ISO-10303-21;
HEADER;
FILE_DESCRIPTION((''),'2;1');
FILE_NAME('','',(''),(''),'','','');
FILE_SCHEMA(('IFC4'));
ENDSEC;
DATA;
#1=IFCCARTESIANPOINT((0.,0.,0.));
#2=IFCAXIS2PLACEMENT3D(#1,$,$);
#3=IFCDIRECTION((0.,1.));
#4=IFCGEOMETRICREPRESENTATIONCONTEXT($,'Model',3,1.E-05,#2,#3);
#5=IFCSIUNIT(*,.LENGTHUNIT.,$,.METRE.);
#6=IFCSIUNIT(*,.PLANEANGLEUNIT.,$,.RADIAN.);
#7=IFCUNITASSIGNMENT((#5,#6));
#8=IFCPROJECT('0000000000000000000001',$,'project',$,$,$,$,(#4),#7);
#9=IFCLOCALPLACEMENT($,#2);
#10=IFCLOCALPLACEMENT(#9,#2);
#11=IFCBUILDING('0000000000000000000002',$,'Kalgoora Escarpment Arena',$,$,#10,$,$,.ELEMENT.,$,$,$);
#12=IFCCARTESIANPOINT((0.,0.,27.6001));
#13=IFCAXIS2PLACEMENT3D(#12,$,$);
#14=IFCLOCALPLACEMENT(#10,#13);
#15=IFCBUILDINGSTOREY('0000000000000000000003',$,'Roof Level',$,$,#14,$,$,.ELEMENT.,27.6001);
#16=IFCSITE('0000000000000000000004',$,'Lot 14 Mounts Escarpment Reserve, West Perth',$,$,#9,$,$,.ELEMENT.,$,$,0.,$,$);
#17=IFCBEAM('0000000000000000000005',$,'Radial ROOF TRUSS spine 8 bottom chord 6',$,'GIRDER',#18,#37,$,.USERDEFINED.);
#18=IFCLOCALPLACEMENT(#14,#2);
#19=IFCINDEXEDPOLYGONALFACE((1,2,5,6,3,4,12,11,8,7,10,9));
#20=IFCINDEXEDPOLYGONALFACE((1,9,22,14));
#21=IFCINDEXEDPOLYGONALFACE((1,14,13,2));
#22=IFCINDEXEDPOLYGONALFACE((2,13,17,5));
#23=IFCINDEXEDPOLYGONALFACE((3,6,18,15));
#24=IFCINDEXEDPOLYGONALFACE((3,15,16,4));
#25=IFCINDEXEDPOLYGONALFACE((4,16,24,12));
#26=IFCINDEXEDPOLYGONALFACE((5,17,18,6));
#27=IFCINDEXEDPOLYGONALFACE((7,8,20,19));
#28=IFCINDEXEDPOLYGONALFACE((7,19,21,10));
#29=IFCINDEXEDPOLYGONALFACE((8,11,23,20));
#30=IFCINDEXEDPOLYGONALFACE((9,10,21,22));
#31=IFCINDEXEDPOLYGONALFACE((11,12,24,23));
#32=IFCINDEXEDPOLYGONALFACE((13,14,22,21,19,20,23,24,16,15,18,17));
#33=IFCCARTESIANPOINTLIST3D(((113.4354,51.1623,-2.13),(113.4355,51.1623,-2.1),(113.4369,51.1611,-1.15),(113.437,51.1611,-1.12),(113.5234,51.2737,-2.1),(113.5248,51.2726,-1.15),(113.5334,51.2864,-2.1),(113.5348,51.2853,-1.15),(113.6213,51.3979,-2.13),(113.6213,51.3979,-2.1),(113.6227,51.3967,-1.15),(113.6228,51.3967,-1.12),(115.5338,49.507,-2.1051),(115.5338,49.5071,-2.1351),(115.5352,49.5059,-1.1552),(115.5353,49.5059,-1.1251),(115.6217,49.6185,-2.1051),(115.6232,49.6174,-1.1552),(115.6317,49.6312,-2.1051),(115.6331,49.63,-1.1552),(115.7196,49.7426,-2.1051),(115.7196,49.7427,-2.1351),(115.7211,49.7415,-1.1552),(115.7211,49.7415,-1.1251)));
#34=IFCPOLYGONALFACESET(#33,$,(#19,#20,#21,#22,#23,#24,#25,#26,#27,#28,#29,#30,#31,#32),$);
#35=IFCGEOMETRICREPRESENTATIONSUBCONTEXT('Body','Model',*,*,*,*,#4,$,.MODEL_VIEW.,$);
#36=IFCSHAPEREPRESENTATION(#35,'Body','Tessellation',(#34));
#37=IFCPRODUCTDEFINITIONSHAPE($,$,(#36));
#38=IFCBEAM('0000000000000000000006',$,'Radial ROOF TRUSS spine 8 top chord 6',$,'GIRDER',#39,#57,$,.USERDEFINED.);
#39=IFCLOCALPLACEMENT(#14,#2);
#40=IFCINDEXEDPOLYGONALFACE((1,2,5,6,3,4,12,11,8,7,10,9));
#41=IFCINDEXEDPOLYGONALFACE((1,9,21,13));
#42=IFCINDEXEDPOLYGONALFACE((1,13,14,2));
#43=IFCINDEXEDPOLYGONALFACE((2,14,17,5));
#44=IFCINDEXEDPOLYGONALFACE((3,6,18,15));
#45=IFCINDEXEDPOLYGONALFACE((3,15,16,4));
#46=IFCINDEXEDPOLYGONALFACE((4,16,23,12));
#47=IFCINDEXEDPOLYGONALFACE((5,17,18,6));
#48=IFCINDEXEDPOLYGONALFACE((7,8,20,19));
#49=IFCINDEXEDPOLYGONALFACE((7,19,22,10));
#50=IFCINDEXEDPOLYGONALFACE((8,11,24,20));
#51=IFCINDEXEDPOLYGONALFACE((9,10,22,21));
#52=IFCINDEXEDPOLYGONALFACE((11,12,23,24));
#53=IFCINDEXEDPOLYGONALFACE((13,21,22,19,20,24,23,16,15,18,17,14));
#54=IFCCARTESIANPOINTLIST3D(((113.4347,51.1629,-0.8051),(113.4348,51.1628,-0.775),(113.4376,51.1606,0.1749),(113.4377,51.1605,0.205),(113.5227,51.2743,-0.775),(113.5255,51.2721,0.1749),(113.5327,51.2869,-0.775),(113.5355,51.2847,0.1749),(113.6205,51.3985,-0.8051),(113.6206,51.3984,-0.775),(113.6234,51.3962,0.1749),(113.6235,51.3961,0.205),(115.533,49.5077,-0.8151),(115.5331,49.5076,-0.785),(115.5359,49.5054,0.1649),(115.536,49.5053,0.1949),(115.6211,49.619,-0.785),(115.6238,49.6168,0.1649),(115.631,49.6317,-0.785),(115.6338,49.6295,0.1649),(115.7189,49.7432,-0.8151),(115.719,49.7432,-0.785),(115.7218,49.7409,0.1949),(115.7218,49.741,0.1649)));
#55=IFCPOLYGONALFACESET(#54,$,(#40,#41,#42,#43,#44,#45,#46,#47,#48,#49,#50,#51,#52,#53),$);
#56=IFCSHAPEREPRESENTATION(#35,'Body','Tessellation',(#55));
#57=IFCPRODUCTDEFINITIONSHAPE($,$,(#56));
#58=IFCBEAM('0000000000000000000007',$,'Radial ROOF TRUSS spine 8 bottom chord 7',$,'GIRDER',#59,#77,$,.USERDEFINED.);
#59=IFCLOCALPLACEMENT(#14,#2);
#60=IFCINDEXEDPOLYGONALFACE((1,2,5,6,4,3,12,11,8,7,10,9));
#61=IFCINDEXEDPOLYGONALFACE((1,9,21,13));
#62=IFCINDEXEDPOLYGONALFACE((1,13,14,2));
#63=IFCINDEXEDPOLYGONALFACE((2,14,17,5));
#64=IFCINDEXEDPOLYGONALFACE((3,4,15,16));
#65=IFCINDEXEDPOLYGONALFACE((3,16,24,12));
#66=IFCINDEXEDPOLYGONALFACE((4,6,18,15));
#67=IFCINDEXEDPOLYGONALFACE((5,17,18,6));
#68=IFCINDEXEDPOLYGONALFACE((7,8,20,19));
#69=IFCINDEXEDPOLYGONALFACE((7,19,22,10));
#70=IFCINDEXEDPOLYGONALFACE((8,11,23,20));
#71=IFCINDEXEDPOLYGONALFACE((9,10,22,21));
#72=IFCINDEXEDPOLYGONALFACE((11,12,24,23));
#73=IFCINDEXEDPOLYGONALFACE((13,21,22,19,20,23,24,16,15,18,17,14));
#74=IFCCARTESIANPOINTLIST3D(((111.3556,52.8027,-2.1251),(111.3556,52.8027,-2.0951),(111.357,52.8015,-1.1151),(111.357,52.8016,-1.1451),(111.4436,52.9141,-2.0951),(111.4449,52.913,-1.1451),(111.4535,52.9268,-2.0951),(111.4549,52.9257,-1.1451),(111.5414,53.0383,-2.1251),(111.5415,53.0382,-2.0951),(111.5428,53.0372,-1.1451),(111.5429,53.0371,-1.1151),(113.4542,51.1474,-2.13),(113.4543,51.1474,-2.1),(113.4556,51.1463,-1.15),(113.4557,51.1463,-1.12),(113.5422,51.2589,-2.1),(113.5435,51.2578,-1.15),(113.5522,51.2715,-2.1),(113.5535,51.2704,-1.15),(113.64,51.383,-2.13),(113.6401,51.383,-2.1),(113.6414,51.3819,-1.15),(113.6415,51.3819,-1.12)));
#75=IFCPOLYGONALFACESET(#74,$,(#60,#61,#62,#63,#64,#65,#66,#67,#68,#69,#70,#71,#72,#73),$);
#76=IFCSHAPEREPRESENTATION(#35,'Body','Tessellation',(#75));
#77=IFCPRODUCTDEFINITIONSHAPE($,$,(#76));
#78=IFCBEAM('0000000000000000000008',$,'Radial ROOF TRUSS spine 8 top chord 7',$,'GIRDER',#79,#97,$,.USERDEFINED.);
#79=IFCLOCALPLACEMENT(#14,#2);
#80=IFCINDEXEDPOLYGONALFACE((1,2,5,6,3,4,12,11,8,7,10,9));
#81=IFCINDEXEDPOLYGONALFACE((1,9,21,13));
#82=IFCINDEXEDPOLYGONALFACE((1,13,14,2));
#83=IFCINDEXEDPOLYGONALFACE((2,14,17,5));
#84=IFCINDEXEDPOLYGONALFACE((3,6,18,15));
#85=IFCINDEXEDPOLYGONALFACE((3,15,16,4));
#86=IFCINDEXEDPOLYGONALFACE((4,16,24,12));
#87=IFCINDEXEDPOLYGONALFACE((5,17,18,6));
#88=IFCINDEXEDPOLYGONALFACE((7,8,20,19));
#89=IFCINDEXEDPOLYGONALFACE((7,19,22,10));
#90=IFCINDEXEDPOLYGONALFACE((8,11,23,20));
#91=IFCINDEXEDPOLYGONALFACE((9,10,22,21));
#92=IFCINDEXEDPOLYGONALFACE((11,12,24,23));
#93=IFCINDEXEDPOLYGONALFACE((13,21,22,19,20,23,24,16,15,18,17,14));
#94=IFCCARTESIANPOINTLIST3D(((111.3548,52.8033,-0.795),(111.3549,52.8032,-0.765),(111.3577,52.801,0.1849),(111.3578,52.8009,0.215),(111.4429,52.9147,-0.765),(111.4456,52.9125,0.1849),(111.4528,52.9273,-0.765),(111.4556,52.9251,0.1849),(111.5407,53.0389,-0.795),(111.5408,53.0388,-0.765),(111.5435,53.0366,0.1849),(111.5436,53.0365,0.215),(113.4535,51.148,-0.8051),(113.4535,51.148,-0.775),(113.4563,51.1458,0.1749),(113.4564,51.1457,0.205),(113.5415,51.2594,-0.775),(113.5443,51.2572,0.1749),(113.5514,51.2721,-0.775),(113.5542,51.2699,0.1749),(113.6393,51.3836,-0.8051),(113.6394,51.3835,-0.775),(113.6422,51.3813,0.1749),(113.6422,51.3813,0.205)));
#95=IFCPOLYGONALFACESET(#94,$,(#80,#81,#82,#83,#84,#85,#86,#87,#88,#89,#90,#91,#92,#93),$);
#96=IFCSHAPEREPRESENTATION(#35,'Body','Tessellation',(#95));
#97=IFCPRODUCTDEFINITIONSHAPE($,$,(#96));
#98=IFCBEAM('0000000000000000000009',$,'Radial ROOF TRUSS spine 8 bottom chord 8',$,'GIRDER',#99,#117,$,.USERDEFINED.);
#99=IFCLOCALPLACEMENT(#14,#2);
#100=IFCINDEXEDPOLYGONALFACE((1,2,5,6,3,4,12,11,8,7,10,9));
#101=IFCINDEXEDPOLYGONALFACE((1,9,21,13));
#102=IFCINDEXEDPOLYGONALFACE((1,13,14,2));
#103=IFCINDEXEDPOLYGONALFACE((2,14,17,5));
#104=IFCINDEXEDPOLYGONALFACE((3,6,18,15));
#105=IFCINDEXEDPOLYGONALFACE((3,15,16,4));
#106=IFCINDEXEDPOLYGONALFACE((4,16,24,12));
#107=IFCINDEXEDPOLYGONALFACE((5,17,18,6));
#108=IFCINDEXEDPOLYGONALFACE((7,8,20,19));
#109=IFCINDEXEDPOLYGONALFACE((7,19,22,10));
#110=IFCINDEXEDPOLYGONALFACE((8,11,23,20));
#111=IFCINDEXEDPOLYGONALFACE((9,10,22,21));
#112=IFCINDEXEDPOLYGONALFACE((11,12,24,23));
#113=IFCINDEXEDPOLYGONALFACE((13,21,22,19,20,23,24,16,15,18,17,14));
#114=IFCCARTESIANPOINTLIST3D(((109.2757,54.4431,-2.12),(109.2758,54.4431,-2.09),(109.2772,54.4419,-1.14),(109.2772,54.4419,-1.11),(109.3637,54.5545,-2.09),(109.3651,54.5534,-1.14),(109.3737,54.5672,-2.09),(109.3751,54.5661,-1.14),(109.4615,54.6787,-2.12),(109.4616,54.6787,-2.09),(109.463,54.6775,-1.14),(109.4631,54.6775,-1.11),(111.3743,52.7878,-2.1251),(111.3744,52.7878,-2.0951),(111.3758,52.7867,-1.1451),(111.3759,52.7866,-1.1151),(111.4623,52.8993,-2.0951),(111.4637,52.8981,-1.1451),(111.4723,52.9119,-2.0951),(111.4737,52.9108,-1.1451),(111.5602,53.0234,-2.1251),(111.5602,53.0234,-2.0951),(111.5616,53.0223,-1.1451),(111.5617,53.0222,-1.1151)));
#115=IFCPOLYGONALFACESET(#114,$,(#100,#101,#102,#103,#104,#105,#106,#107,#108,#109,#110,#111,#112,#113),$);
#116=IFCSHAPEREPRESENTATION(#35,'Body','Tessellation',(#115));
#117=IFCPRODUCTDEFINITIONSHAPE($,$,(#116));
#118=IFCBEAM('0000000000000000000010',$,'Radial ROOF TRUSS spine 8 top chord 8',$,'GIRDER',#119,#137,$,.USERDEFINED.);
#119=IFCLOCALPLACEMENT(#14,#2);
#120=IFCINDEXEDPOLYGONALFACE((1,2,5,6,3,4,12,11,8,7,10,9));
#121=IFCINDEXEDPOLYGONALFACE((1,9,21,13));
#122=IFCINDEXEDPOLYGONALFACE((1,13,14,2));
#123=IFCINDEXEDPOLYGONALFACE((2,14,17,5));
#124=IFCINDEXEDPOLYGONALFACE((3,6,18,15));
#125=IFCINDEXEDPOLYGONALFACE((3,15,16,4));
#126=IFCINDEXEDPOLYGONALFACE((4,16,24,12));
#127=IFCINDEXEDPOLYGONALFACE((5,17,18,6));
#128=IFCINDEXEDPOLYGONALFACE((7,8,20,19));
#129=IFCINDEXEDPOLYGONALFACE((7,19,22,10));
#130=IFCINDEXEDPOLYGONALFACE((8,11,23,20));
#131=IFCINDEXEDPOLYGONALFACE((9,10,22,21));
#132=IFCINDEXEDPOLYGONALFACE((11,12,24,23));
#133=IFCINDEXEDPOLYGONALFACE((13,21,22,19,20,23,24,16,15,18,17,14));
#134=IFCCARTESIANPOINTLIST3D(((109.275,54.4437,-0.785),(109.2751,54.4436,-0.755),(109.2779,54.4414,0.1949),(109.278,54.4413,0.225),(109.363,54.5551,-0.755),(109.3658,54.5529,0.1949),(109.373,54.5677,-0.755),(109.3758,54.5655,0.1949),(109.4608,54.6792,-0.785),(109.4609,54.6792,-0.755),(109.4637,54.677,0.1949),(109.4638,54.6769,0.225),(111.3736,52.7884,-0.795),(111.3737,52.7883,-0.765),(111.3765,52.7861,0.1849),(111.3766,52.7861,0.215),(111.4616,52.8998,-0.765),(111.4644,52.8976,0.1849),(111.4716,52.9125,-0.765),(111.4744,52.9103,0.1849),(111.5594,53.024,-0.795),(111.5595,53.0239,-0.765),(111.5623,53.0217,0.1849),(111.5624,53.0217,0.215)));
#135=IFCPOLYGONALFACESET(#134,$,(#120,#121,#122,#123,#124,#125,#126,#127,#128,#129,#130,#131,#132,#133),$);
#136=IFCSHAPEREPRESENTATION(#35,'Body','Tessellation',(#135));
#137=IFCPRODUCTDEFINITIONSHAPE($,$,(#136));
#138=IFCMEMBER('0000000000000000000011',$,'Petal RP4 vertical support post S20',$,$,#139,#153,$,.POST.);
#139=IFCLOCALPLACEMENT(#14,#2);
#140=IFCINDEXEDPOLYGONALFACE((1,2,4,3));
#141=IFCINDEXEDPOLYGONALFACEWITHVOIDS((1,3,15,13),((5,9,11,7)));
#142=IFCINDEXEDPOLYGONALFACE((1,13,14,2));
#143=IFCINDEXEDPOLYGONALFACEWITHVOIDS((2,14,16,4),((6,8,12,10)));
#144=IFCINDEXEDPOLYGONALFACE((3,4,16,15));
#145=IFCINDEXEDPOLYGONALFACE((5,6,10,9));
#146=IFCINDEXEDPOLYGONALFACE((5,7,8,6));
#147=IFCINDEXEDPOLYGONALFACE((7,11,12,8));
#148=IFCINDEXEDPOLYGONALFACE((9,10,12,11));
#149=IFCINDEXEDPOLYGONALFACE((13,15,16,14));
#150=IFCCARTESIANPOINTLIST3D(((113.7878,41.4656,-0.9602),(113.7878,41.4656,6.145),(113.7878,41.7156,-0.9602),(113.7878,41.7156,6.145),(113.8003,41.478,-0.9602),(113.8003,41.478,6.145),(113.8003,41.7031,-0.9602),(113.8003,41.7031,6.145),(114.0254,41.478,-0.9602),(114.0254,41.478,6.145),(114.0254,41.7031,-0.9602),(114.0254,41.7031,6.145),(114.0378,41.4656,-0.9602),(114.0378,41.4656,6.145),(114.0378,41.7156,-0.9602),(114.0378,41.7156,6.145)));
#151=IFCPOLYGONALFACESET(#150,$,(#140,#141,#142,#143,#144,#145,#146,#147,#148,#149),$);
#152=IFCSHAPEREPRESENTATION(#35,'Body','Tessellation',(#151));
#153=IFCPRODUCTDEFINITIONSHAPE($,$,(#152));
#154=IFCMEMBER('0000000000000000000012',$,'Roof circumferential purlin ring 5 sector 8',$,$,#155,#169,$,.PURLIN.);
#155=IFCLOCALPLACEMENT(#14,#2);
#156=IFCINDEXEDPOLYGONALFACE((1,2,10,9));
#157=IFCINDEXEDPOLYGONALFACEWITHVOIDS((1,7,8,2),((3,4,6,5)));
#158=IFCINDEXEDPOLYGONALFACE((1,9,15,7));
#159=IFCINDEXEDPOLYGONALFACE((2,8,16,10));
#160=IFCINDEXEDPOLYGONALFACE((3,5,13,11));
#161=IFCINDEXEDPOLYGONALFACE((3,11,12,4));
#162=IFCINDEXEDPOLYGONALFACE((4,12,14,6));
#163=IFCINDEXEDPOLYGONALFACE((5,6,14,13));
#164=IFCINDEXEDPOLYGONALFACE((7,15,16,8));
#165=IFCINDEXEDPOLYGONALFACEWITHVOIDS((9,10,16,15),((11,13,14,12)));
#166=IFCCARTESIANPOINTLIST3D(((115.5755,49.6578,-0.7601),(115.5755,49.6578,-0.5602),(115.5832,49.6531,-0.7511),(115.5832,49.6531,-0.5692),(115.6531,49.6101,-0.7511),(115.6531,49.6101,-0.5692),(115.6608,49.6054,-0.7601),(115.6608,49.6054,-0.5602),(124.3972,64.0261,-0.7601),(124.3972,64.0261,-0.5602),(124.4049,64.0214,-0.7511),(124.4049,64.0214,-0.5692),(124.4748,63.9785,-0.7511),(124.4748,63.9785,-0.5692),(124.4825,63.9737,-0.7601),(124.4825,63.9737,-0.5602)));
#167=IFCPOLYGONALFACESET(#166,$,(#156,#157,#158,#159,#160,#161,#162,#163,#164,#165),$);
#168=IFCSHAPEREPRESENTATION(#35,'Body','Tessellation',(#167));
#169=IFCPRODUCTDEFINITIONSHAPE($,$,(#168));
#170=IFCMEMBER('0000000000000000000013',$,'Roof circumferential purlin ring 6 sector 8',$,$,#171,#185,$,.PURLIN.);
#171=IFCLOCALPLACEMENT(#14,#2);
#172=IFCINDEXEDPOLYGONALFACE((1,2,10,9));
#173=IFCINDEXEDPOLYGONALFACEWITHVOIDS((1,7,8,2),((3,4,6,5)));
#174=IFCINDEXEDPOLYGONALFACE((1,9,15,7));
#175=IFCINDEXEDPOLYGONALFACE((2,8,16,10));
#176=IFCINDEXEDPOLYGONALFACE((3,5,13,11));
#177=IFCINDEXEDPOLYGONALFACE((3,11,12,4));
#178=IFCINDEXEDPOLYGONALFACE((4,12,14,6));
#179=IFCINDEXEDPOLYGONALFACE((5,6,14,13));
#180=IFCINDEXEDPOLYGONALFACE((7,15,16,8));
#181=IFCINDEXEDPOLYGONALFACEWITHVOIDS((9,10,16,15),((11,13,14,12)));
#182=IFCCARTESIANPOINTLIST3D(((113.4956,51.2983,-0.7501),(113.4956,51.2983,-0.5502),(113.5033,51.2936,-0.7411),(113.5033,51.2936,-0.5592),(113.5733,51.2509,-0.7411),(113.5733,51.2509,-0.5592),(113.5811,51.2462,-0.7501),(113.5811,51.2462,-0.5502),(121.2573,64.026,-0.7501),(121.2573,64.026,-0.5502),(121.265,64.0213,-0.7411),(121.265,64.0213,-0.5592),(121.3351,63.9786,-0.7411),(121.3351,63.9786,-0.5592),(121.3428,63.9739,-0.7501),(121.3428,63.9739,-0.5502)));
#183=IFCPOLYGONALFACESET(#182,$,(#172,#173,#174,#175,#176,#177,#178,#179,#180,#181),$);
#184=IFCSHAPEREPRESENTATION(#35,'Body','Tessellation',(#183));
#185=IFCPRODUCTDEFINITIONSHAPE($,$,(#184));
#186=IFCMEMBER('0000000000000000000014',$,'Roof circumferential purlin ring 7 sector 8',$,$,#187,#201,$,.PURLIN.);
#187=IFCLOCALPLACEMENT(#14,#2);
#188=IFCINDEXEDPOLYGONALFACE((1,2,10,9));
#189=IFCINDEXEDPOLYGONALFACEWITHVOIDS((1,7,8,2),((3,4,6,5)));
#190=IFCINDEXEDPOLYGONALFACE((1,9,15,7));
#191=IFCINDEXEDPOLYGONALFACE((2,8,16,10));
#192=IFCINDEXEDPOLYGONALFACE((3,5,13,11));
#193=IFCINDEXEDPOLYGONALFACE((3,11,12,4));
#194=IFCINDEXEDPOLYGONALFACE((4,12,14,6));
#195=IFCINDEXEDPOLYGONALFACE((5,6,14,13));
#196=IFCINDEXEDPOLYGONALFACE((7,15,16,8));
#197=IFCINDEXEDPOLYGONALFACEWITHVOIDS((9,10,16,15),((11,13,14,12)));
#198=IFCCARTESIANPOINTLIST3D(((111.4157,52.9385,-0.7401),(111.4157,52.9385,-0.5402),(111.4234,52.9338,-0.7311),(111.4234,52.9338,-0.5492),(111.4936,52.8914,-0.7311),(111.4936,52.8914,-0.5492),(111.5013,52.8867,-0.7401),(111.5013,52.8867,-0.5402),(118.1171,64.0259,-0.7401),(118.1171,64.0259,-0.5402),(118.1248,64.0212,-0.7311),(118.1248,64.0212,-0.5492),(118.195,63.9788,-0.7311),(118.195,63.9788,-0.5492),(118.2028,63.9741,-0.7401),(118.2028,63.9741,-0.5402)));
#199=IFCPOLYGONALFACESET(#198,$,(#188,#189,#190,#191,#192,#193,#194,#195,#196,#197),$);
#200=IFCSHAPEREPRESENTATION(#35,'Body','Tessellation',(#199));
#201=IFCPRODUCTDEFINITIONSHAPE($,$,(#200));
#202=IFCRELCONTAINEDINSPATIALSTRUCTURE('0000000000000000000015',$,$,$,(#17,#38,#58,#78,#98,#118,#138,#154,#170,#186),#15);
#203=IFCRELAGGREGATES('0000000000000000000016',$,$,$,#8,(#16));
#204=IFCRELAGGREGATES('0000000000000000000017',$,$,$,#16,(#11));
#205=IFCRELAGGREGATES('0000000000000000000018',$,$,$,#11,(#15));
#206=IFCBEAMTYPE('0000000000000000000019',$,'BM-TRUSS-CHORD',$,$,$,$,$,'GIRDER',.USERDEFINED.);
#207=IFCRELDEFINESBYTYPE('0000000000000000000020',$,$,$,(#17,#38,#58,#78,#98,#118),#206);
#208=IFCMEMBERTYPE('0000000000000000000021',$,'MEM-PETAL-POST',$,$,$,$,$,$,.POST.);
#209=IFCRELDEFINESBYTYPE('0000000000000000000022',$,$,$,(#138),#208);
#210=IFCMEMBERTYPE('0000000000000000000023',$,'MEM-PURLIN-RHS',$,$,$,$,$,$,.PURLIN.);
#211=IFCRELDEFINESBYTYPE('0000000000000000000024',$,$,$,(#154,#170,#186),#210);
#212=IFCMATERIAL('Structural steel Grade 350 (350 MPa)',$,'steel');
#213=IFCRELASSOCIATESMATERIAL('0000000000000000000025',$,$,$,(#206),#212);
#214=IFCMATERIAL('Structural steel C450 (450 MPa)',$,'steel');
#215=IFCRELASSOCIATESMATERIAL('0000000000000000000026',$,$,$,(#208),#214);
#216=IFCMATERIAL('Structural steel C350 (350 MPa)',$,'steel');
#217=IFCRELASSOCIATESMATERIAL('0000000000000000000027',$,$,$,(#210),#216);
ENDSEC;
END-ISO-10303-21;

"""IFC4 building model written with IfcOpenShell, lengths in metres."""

from ifc_helpers import new_model, si_unit, direction, frame, origin, origin_2d, place, context, subcontext, project, spatial, hollow_rectangle, i_section, extrude, material, material_profile, profile_set, type_object, element, save


model = new_model("IFC4")

# Units and contexts
model_context = context("Model", 3, precision=1e-05, world=origin(), true_north=direction((0.0, 1.0)))
body_context = subcontext(model_context, "Body", "Model", "MODEL_VIEW")
ifc_project = project(units=[si_unit("LENGTHUNIT", "METRE"), si_unit("PLANEANGLEUNIT", "RADIAN")], contexts=[model_context])

# Site, building, storey
site_placement = place(None, origin())
site = spatial("IfcSite", under=ifc_project, at=site_placement, Name="Lot 14 Mounts Escarpment Reserve, West Perth", CompositionType="ELEMENT", RefElevation=0.0)
building_placement = place(site_placement, origin())
building = spatial("IfcBuilding", under=site, at=building_placement, Name="Kalgoora Escarpment Arena", CompositionType="ELEMENT")
storey_placement = place(building_placement, frame((0.0, 0.0, 27.6001)))
storey = spatial("IfcBuildingStorey", under=building, at=storey_placement, Name="Roof Level", CompositionType="ELEMENT", Elevation=27.6001)

# Beams
ifc_material_1 = material(Name="Structural steel Grade 350 (350 MPa)", Category="steel")
ifc_material_profile_1 = material_profile(ifc_material_1, i_section(OverallWidth=0.3, OverallDepth=1.01, WebThickness=0.0161, FlangeThickness=0.03, at=origin_2d()))
ifc_profile_set_1 = profile_set([ifc_material_profile_1], Name="Structural steel Grade 350 (350 MPa)")
beam_type = type_object("IfcBeamType", Name="BM-TRUSS-CHORD", ElementType="GIRDER", PredefinedType="USERDEFINED", material=ifc_profile_set_1)
for number, where, z_axis, x_axis, name in (
    (1, (115.6274, 49.6243, -1.6301), (-0.785127, 0.619332, 0.001918), (-0.619333, -0.785128, 0.0), "Radial ROOF TRUSS spine 8 bottom chord 6"),
    (2, (115.6274, 49.6243, -0.3101), (-0.785123, 0.619329, 0.003745), (-0.619333, -0.785128, 0.0), "Radial ROOF TRUSS spine 8 top chord 6"),
):
    element("IfcBeam", number, at=place(storey_placement, frame(where, z_axis=z_axis, x_axis=x_axis)), inside=storey, type_object=beam_type, Name=name, ObjectType="GIRDER", PredefinedType="USERDEFINED", context=body_context, shape_type="SweptSolid", body=[
        extrude(i_section(OverallWidth=0.3, OverallDepth=1.01, WebThickness=0.0161, FlangeThickness=0.03, at=origin_2d()), origin(), (0.0, 0.0, 1.0), 2.6726),
    ])
for number, where, z_axis, x_axis, name in (
    (3, (113.5479, 51.2646, -1.625), (-0.785162, 0.619288, 0.001827), (-0.619289, -0.785163, 0.0), "Radial ROOF TRUSS spine 8 bottom chord 7"),
    (4, (113.5479, 51.2646, -0.3), (-0.785158, 0.619284, 0.003745), (-0.619289, -0.785163, 0.0), "Radial ROOF TRUSS spine 8 top chord 7"),
    (5, (111.468, 52.905, -1.6201), (-0.785162, 0.619288, 0.001918), (-0.619289, -0.785163, 0.0), "Radial ROOF TRUSS spine 8 bottom chord 8"),
    (6, (111.468, 52.905, -0.29), (-0.785158, 0.619284, 0.003745), (-0.619289, -0.785163, 0.0), "Radial ROOF TRUSS spine 8 top chord 8"),
):
    element("IfcBeam", number, at=place(storey_placement, frame(where, z_axis=z_axis, x_axis=x_axis)), inside=storey, type_object=beam_type, Name=name, ObjectType="GIRDER", PredefinedType="USERDEFINED", context=body_context, shape_type="SweptSolid", body=[
        extrude(i_section(OverallWidth=0.3, OverallDepth=1.01, WebThickness=0.0161, FlangeThickness=0.03, at=origin_2d()), origin(), (0.0, 0.0, 1.0), 2.6729),
    ])

# Members
ifc_material_2 = material(Name="Structural steel C450 (450 MPa)", Category="steel")
ifc_material_profile_2 = material_profile(ifc_material_2, hollow_rectangle(XDim=0.25, YDim=0.25, WallThickness=0.0125, at=origin_2d()))
ifc_profile_set_2 = profile_set([ifc_material_profile_2], Name="Structural steel C450 (450 MPa)")
member_type_1 = type_object("IfcMemberType", Name="MEM-PETAL-POST", PredefinedType="POST", material=ifc_profile_set_2)
member_1_placement = place(storey_placement, frame((113.9128, 41.5906, -0.9602), z_axis=(0.0, 0.0, 1.0), x_axis=(1.0, 0.0, 0.0)))
element("IfcMember", 7, at=member_1_placement, inside=storey, type_object=member_type_1, Name="Petal RP4 vertical support post S20", PredefinedType="POST", context=body_context, shape_type="SweptSolid", body=[
    extrude(hollow_rectangle(XDim=0.25, YDim=0.25, WallThickness=0.0125, at=origin_2d()), origin(), (0.0, 0.0, 1.0), 7.1052),
])
ifc_material_3 = material(Name="Structural steel C350 (350 MPa)", Category="steel")
ifc_material_profile_3 = material_profile(ifc_material_3, hollow_rectangle(XDim=0.1001, YDim=0.2, WallThickness=0.009, at=origin_2d()))
ifc_profile_set_3 = profile_set([ifc_material_profile_3], Name="Structural steel C350 (350 MPa)")
member_type_2 = type_object("IfcMemberType", Name="MEM-PURLIN-RHS", PredefinedType="PURLIN", material=ifc_profile_set_3)
member_2_placement = place(storey_placement, frame((115.6182, 49.6316, -0.6602), z_axis=(0.523223, 0.852196, 0.0), x_axis=(-0.852196, 0.523223, 0.0)))
element("IfcMember", 8, at=member_2_placement, inside=storey, type_object=member_type_2, Name="Roof circumferential purlin ring 5 sector 8", PredefinedType="PURLIN", context=body_context, shape_type="SweptSolid", body=[
    extrude(hollow_rectangle(XDim=0.1001, YDim=0.2, WallThickness=0.009, at=origin_2d()), origin(), (0.0, 0.0, 1.0), 16.8604),
])
member_3_placement = place(storey_placement, frame((113.5383, 51.2722, -0.6501), z_axis=(0.52065, 0.85377, 0.0), x_axis=(-0.85377, 0.52065, 0.0)))
element("IfcMember", 9, at=member_3_placement, inside=storey, type_object=member_type_2, Name="Roof circumferential purlin ring 6 sector 8", PredefinedType="PURLIN", context=body_context, shape_type="SweptSolid", body=[
    extrude(hollow_rectangle(XDim=0.1001, YDim=0.2, WallThickness=0.009, at=origin_2d()), origin(), (0.0, 0.0, 1.0), 14.9077),
])
member_4_placement = place(storey_placement, frame((111.4585, 52.9126, -0.6401), z_axis=(0.517273, 0.855821, 0.0), x_axis=(-0.855821, 0.517273, 0.0)))
element("IfcMember", 10, at=member_4_placement, inside=storey, type_object=member_type_2, Name="Roof circumferential purlin ring 7 sector 8", PredefinedType="PURLIN", context=body_context, shape_type="SweptSolid", body=[
    extrude(hollow_rectangle(XDim=0.1001, YDim=0.2, WallThickness=0.009, at=origin_2d()), origin(), (0.0, 0.0, 1.0), 12.9553),
])

save(model, "model.ifc")
